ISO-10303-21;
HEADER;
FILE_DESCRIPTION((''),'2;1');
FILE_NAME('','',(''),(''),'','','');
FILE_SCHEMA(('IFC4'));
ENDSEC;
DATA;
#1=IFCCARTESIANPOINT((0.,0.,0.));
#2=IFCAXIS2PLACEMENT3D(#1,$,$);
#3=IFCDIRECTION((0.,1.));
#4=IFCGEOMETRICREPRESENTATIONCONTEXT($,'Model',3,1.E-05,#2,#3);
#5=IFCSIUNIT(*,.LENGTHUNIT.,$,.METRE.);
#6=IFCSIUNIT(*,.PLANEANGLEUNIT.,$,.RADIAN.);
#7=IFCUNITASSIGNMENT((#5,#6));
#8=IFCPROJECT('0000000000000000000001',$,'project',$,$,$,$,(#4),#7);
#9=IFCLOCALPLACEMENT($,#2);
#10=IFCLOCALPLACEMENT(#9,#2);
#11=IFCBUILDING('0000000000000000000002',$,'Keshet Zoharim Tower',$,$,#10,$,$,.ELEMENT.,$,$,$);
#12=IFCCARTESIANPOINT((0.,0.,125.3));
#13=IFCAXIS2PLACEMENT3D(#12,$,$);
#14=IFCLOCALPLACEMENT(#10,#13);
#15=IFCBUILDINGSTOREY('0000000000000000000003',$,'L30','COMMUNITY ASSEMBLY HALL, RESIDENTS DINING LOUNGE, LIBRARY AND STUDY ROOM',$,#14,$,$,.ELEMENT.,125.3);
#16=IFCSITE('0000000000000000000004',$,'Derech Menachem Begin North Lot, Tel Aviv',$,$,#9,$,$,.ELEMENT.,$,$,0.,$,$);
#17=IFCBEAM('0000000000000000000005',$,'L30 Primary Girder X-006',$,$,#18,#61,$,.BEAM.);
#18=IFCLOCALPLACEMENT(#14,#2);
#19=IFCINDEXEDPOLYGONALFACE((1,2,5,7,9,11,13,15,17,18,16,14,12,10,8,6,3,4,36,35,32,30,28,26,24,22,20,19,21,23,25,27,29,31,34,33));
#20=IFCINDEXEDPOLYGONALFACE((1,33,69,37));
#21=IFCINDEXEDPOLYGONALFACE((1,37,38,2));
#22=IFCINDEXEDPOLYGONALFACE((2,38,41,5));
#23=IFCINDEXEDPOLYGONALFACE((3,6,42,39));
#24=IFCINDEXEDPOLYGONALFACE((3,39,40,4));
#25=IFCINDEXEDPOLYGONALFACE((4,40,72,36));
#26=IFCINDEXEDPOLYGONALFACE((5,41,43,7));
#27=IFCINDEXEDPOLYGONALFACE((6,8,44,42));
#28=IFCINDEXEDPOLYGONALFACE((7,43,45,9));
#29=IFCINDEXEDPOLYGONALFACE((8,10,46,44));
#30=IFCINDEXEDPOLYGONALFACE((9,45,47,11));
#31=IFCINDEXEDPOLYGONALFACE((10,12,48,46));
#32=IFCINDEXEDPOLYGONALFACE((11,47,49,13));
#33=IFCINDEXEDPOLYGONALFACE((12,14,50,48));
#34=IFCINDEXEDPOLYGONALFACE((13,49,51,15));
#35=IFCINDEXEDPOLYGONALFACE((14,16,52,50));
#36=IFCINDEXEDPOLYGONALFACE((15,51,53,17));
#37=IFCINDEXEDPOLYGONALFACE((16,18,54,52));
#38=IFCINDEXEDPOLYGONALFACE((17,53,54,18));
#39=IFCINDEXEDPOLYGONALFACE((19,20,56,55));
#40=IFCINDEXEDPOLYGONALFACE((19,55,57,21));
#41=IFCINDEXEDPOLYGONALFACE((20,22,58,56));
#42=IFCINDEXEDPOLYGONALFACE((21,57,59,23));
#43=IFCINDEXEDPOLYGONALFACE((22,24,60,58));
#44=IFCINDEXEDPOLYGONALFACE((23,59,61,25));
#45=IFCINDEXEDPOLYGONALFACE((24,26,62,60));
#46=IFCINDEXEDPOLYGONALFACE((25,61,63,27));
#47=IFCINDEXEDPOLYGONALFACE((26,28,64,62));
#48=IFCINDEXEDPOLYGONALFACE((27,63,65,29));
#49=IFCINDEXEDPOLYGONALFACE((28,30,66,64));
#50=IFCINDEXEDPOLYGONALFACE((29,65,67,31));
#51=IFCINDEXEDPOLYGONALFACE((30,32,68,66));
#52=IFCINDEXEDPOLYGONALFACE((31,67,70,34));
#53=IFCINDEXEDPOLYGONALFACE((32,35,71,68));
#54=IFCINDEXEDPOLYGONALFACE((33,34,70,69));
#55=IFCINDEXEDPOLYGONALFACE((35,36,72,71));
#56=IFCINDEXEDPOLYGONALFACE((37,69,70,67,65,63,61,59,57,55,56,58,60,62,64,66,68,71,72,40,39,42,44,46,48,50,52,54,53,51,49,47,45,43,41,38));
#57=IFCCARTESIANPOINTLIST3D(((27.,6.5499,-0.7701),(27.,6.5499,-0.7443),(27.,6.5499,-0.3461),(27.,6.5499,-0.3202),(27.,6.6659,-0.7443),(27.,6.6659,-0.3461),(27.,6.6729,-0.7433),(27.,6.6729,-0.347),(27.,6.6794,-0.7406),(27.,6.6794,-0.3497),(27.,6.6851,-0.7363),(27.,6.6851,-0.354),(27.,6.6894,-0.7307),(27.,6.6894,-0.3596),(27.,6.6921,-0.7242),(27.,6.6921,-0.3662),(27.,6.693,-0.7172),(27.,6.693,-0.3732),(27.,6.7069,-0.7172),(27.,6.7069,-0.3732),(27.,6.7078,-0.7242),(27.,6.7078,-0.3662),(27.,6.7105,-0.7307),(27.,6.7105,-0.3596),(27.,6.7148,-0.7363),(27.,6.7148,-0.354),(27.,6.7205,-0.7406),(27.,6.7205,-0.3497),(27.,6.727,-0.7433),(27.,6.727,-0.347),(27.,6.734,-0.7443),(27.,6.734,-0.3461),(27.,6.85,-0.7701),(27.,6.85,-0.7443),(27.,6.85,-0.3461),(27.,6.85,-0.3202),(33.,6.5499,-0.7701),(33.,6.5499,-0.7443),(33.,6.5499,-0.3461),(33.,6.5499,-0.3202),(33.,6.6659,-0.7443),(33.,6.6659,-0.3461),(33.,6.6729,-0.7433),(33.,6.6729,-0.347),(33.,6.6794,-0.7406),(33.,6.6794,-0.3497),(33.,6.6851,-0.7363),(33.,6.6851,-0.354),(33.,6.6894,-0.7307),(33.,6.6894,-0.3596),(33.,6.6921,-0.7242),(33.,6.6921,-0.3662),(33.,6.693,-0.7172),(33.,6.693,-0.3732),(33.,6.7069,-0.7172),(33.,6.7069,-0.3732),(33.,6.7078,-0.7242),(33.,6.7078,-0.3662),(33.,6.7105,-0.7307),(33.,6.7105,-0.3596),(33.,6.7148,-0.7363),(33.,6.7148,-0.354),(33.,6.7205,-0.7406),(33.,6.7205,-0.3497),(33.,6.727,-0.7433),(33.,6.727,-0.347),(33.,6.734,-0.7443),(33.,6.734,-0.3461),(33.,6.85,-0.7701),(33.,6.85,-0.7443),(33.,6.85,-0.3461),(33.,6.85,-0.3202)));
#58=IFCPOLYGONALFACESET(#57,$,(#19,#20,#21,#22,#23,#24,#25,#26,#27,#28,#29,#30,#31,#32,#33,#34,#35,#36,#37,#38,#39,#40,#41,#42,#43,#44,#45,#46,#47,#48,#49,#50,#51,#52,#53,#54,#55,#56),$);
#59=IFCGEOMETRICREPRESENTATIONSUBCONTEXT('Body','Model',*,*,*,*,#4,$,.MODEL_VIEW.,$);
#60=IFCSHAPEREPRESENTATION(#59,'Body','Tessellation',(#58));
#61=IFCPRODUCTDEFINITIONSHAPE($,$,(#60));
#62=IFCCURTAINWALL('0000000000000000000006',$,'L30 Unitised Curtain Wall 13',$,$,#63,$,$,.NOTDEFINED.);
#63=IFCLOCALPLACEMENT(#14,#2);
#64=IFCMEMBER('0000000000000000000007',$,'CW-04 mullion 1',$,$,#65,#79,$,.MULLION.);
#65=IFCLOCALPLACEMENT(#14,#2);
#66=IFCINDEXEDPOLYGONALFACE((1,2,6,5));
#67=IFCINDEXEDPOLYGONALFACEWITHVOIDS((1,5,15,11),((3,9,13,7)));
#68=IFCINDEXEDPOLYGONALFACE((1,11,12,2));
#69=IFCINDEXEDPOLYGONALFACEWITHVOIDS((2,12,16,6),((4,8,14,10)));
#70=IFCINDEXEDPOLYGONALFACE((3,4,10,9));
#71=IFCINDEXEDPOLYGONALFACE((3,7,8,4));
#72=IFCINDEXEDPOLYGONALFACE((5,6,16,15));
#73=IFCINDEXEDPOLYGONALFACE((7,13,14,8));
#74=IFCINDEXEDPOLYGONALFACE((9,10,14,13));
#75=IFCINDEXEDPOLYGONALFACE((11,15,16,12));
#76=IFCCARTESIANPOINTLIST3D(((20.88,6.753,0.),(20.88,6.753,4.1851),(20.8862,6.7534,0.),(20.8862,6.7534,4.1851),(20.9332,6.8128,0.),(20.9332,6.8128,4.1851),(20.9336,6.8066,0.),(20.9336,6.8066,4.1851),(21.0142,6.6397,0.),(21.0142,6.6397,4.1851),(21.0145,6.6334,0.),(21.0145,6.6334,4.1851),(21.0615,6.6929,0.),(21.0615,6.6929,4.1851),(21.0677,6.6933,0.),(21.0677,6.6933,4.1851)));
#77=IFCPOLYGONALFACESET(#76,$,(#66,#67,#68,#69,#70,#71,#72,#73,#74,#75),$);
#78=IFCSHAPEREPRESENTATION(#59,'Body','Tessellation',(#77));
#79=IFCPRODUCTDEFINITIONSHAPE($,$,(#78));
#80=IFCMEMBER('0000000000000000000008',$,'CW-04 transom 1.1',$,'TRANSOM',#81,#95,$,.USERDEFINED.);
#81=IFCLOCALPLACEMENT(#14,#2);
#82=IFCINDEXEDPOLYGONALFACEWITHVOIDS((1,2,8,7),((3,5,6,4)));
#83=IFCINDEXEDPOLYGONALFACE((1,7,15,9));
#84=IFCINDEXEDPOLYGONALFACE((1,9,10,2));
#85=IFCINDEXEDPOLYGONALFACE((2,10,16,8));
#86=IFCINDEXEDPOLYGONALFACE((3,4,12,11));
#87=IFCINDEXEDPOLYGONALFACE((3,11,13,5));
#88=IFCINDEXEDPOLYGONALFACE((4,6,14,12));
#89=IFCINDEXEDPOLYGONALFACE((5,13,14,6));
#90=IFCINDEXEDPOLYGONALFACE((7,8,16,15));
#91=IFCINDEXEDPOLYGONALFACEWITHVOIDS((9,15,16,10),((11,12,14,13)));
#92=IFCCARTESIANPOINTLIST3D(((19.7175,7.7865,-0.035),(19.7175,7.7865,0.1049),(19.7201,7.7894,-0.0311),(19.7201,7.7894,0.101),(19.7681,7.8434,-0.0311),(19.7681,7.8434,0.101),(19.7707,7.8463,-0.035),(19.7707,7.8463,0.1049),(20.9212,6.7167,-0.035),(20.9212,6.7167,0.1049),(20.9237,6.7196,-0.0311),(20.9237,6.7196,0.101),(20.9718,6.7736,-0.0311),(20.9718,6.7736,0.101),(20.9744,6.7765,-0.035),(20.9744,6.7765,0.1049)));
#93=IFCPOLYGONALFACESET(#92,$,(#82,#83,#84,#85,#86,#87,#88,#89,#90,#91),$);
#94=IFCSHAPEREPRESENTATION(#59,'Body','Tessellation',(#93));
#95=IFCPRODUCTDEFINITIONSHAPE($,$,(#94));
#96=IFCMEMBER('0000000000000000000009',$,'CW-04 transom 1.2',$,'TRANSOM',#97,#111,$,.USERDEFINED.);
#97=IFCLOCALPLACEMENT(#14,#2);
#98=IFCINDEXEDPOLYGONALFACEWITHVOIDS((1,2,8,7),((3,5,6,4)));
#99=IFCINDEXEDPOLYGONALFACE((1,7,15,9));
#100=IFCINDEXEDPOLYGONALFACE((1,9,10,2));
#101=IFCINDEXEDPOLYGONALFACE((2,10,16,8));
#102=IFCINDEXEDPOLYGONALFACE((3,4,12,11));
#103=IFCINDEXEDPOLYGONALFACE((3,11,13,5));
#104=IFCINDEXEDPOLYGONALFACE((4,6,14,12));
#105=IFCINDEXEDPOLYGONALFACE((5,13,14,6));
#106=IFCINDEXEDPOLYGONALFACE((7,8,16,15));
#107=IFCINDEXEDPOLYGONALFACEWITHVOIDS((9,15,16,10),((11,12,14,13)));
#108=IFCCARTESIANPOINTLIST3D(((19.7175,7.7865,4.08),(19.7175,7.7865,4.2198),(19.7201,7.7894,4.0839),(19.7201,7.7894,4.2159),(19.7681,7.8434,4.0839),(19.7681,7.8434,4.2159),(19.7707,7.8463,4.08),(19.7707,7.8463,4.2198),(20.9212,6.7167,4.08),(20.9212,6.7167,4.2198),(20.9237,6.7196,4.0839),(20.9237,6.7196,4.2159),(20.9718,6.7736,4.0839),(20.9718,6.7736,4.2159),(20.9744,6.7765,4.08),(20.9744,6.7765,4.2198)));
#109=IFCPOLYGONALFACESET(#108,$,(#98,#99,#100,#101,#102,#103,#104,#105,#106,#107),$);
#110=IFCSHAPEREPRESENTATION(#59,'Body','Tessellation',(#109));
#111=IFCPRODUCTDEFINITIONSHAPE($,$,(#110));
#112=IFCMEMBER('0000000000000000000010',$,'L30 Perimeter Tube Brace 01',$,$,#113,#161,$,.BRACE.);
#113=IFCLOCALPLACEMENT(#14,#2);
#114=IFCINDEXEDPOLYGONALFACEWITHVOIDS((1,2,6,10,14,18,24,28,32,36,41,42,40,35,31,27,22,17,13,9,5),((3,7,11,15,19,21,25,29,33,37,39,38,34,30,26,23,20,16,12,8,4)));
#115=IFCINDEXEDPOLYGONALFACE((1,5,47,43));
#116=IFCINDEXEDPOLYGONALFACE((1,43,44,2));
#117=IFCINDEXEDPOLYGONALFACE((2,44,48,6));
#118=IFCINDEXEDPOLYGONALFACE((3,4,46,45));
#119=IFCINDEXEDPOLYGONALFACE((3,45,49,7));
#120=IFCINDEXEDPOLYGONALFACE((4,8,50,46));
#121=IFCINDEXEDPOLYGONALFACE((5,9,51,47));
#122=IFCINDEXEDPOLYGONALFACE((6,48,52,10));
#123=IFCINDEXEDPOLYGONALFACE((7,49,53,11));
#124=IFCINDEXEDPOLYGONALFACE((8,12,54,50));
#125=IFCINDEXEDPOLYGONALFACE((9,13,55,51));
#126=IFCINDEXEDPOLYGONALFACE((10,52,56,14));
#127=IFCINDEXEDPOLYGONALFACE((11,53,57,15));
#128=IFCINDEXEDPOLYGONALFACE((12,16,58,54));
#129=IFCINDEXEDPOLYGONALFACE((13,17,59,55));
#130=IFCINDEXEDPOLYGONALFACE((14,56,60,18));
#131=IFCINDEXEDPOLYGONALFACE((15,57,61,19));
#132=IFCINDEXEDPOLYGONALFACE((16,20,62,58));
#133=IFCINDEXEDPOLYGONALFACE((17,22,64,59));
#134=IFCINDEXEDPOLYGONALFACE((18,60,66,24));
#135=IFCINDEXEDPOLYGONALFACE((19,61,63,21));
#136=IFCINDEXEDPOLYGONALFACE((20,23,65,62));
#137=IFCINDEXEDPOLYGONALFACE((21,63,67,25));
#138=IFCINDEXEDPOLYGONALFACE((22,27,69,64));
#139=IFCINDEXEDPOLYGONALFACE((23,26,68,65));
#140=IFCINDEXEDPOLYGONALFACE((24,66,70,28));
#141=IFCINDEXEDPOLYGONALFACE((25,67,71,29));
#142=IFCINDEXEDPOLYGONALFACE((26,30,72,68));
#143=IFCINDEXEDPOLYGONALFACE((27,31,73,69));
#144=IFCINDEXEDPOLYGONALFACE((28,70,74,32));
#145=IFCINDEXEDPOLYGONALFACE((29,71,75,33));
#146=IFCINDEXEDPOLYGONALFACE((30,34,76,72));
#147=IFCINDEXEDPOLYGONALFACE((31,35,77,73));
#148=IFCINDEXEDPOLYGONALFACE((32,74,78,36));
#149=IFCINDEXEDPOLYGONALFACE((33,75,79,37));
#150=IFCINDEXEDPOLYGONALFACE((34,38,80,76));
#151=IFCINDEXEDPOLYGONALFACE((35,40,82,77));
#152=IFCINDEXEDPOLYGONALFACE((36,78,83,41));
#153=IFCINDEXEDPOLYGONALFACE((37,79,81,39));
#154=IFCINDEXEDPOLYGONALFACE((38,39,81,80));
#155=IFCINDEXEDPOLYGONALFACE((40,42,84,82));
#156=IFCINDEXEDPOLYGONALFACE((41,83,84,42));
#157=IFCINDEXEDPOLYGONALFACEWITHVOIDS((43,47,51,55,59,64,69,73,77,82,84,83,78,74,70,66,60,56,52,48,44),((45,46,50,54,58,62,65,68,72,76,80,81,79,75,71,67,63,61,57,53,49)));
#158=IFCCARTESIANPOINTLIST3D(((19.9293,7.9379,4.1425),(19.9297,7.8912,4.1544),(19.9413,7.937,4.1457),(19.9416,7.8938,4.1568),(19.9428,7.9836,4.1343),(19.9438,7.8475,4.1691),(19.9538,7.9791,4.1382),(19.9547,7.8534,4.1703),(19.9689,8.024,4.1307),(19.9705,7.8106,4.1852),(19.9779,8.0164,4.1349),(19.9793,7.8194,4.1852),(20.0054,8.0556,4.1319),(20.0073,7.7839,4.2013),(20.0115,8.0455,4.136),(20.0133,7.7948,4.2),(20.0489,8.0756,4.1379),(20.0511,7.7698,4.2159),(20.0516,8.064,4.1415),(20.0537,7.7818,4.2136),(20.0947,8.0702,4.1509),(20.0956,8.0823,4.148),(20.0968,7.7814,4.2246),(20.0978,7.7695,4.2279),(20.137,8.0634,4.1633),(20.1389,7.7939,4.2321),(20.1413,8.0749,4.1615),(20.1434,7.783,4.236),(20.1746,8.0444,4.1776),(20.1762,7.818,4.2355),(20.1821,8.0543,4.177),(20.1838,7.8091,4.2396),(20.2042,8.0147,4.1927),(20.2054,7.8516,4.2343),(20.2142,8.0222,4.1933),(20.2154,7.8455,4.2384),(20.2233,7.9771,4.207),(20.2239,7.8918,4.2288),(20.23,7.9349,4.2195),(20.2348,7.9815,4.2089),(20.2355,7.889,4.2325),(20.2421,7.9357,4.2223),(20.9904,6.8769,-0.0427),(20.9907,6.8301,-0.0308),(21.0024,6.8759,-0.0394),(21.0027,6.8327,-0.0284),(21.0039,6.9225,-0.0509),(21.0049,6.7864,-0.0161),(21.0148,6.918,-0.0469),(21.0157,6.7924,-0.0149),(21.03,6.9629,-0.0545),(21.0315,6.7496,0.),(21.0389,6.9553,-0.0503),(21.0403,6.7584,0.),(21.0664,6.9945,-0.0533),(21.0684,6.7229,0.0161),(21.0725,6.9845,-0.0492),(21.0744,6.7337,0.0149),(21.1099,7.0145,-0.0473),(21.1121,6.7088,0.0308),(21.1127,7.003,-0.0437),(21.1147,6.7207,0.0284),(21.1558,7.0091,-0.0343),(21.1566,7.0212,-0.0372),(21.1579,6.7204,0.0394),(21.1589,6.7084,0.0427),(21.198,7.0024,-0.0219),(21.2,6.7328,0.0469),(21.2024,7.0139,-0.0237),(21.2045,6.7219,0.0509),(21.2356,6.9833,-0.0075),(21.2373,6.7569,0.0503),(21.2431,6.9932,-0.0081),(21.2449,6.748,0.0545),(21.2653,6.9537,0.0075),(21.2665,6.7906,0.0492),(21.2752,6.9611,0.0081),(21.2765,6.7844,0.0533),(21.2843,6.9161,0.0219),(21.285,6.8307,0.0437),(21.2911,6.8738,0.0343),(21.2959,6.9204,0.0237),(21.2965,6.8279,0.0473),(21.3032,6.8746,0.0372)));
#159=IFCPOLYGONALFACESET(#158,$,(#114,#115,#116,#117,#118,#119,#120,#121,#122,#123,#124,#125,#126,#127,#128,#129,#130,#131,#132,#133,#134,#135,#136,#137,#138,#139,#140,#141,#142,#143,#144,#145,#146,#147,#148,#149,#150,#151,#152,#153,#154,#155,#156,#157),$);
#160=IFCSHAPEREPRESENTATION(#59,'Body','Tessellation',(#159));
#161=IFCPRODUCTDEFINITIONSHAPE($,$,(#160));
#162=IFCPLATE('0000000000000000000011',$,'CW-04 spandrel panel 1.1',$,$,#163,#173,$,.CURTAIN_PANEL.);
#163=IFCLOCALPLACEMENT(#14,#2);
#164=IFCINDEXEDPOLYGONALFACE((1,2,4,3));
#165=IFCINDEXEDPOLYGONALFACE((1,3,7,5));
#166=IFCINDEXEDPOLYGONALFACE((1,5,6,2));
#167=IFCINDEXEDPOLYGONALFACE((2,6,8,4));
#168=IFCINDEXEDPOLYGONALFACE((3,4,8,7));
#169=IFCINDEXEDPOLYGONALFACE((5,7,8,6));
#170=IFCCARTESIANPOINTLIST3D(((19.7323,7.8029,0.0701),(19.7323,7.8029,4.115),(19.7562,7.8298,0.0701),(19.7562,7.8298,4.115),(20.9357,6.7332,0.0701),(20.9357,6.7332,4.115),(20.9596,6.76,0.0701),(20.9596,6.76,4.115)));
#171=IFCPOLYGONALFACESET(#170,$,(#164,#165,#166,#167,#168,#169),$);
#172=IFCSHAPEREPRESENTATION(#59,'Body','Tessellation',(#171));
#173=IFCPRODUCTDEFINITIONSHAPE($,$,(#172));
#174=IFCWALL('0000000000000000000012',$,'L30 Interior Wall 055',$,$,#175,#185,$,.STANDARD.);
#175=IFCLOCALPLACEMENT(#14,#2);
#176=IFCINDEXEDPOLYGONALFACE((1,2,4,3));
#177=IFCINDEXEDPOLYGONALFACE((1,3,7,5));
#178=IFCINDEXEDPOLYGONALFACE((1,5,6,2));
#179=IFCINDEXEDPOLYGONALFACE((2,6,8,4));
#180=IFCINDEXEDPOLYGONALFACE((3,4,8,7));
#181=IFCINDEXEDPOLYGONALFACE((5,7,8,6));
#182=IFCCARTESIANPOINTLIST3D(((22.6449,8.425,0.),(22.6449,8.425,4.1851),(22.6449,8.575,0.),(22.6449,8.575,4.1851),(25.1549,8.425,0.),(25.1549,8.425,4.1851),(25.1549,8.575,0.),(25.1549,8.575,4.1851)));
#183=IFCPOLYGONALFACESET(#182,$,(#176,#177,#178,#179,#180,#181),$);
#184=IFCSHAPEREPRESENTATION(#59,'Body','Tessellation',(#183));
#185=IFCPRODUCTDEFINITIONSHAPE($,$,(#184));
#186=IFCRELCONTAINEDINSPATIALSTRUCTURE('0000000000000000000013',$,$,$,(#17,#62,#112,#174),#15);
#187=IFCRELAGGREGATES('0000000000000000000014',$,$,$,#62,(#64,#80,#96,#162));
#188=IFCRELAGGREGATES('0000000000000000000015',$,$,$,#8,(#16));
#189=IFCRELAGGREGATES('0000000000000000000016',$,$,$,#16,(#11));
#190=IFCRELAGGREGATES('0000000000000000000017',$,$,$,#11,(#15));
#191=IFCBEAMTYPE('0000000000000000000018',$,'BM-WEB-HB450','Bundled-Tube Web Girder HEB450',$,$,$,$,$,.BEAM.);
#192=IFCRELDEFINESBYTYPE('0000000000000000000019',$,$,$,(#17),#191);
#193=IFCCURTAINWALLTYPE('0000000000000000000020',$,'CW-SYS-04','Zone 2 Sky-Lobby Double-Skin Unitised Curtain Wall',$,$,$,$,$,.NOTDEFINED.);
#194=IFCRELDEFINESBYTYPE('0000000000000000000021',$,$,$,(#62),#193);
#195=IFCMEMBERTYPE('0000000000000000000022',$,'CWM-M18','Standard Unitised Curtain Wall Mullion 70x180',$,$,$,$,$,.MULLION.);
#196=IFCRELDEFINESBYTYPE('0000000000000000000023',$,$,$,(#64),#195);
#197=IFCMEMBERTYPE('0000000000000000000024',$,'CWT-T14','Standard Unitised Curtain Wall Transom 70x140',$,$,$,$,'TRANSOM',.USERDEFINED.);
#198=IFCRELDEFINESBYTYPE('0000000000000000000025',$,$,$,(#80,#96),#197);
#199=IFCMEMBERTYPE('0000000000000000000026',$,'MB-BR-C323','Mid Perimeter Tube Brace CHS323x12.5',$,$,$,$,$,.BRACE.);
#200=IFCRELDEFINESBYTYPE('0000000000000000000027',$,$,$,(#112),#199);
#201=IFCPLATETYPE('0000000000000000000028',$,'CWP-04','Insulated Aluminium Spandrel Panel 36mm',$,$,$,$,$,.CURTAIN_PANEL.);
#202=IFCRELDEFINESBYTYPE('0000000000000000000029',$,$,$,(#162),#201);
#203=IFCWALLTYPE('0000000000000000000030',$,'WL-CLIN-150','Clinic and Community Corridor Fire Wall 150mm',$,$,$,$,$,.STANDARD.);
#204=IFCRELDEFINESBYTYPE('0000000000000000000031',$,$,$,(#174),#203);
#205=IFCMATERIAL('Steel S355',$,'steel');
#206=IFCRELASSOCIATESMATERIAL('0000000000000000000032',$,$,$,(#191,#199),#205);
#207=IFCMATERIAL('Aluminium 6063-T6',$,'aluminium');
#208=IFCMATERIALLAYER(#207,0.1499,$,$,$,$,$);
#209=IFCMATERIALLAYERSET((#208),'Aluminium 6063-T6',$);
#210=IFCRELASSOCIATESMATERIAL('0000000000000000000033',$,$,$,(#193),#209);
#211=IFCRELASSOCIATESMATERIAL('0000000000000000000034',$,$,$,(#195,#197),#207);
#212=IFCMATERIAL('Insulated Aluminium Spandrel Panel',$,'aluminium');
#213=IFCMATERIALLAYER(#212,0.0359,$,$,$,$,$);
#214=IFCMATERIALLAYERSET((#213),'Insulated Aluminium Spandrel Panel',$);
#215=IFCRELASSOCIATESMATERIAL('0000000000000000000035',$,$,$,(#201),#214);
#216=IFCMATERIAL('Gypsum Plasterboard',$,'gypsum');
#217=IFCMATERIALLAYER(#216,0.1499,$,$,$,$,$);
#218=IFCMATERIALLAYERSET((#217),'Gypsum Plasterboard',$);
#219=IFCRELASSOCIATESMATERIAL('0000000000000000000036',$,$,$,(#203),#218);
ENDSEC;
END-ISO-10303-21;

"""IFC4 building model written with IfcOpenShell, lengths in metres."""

from ifc_helpers import new_model, si_unit, direction, frame, frame_2d, origin, origin_2d, place, context, subcontext, project, spatial, rectangle, hollow_rectangle, hollow_circle, i_section, extrude, material, layer, layer_set, material_profile, profile_set, type_object, element, aggregate, save


model = new_model("IFC4")

# Units and contexts
model_context = context("Model", 3, precision=1e-05, world=origin(), true_north=direction((0.0, 1.0)))
body_context = subcontext(model_context, "Body", "Model", "MODEL_VIEW")
ifc_project = project(units=[si_unit("LENGTHUNIT", "METRE"), si_unit("PLANEANGLEUNIT", "RADIAN")], contexts=[model_context])

# Site, building, storey
site_placement = place(None, origin())
site = spatial("IfcSite", under=ifc_project, at=site_placement, Name="Derech Menachem Begin North Lot, Tel Aviv", CompositionType="ELEMENT", RefElevation=0.0)
building_placement = place(site_placement, origin())
building = spatial("IfcBuilding", under=site, at=building_placement, Name="Keshet Zoharim Tower", CompositionType="ELEMENT")
storey_placement = place(building_placement, frame((0.0, 0.0, 125.3)))
storey = spatial("IfcBuildingStorey", under=building, at=storey_placement, Name="L30", Description="COMMUNITY ASSEMBLY HALL, RESIDENTS DINING LOUNGE, LIBRARY AND STUDY ROOM", CompositionType="ELEMENT", Elevation=125.3)

# Beam
ifc_material_1 = material(Name="Steel S355", Category="steel")
ifc_material_profile_1 = material_profile(ifc_material_1, i_section(OverallWidth=0.3, OverallDepth=0.45, WebThickness=0.0139, FlangeThickness=0.0259, FilletRadius=0.0271, at=origin_2d()), Name="HEB450")
ifc_profile_set_1 = profile_set([ifc_material_profile_1], Name="Steel S355")
beam_type = type_object("IfcBeamType", Name="BM-WEB-HB450", Description="Bundled-Tube Web Girder HEB450", PredefinedType="BEAM", material=ifc_profile_set_1)
beam_placement = place(storey_placement, frame((27.0, 6.7, -0.5452), z_axis=(1.0, 0.0, 0.0), x_axis=(0.0, 1.0, 0.0)))
element("IfcBeam", 1, at=beam_placement, inside=storey, type_object=beam_type, Name="L30 Primary Girder X-006", PredefinedType="BEAM", context=body_context, shape_type="SweptSolid", body=[
    extrude(i_section(OverallWidth=0.3, OverallDepth=0.45, WebThickness=0.0139, FlangeThickness=0.0259, FilletRadius=0.0271, at=origin_2d()), origin(), (0.0, 0.0, 1.0), 6.0),
])

# Curtain wall, members
ifc_material_2 = material(Name="Aluminium 6063-T6", Category="aluminium")
ifc_layer_1 = layer(ifc_material_2, 0.1499)
ifc_layer_set_1 = layer_set([ifc_layer_1], Name="Aluminium 6063-T6")
curtain_wall_type = type_object("IfcCurtainWallType", Name="CW-SYS-04", Description="Zone 2 Sky-Lobby Double-Skin Unitised Curtain Wall", PredefinedType="NOTDEFINED", material=ifc_layer_set_1)
curtain_wall_placement = place(storey_placement, origin())
curtain_wall = element("IfcCurtainWall", 2, at=curtain_wall_placement, inside=storey, type_object=curtain_wall_type, Name="L30 Unitised Curtain Wall 13", PredefinedType="NOTDEFINED")
ifc_material_profile_2 = material_profile(ifc_material_2, hollow_rectangle(XDim=0.0801, YDim=0.1799, WallThickness=0.0044, at=origin_2d()), Name="MUL-80x180")
ifc_profile_set_2 = profile_set([ifc_material_profile_2], Name="Aluminium 6063-T6")
member_type_1 = type_object("IfcMemberType", Name="CWM-M18", Description="Standard Unitised Curtain Wall Mullion 70x180", PredefinedType="MULLION", material=ifc_profile_set_2)
member_1_placement = place(storey_placement, frame((20.9739, 6.7231, 0.0), z_axis=(0.0, 0.0, 1.0), x_axis=(-0.664378, -0.747397, 0.0)))
member_1 = element("IfcMember", 3, at=member_1_placement, type_object=member_type_1, Name="CW-04 mullion 1", PredefinedType="MULLION", context=body_context, shape_type="SweptSolid", body=[
    extrude(hollow_rectangle(XDim=0.0801, YDim=0.1799, WallThickness=0.0044, at=origin_2d()), origin(), (0.0, 0.0, 1.0), 4.1851),
])
ifc_material_profile_3 = material_profile(ifc_material_2, hollow_rectangle(XDim=0.0801, YDim=0.1399, WallThickness=0.0039, at=origin_2d()), Name="TRN-80x140")
ifc_profile_set_3 = profile_set([ifc_material_profile_3], Name="Aluminium 6063-T6")
member_type_2 = type_object("IfcMemberType", Name="CWT-T14", Description="Standard Unitised Curtain Wall Transom 70x140", ElementType="TRANSOM", PredefinedType="USERDEFINED", material=ifc_profile_set_3)
member_2_placement = place(storey_placement, frame((20.9478, 6.7466, 0.0349), z_axis=(-0.747426, 0.664345, 0.0), x_axis=(-0.664345, -0.747426, 0.0)))
member_2 = element("IfcMember", 4, at=member_2_placement, type_object=member_type_2, Name="CW-04 transom 1.1", ObjectType="TRANSOM", PredefinedType="USERDEFINED", context=body_context, shape_type="SweptSolid", body=[
    extrude(hollow_rectangle(XDim=0.0801, YDim=0.1399, WallThickness=0.0039, at=origin_2d()), origin(), (0.0, 0.0, 1.0), 1.6104),
])
member_3_placement = place(storey_placement, frame((20.9478, 6.7466, 4.1499), z_axis=(-0.747426, 0.664345, 0.0), x_axis=(-0.664345, -0.747426, 0.0)))
member_3 = element("IfcMember", 5, at=member_3_placement, type_object=member_type_2, Name="CW-04 transom 1.2", ObjectType="TRANSOM", PredefinedType="USERDEFINED", context=body_context, shape_type="SweptSolid", body=[
    extrude(hollow_rectangle(XDim=0.0801, YDim=0.1399, WallThickness=0.0039, at=origin_2d()), origin(), (0.0, 0.0, 1.0), 1.6104),
])

# Member
ifc_material_profile_4 = material_profile(ifc_material_1, hollow_circle(Radius=0.1619, WallThickness=0.0125, at=origin_2d()), Name="CHS323x12.5")
ifc_profile_set_4 = profile_set([ifc_material_profile_4], Name="Steel S355")
member_type_3 = type_object("IfcMemberType", Name="MB-BR-C323", Description="Mid Perimeter Tube Brace CHS323x12.5", PredefinedType="BRACE", material=ifc_profile_set_4)
member_4_placement = place(storey_placement, frame((21.146, 6.864, 0.0), z_axis=(-0.238653, 0.238653, 0.941323), x_axis=(-0.707107, -0.707107, 0.0)))
element("IfcMember", 6, at=member_4_placement, inside=storey, type_object=member_type_3, Name="L30 Perimeter Tube Brace 01", PredefinedType="BRACE", context=body_context, shape_type="SweptSolid", body=[
    extrude(hollow_circle(Radius=0.1619, WallThickness=0.0125, at=origin_2d()), origin(), (0.0, 0.0, 1.0), 4.446),
])

# Plate
ifc_material_3 = material(Name="Insulated Aluminium Spandrel Panel", Category="aluminium")
ifc_layer_2 = layer(ifc_material_3, 0.0359)
ifc_layer_set_2 = layer_set([ifc_layer_2], Name="Insulated Aluminium Spandrel Panel")
plate_type = type_object("IfcPlateType", Name="CWP-04", Description="Insulated Aluminium Spandrel Panel 36mm", PredefinedType="CURTAIN_PANEL", material=ifc_layer_set_2)
plate_placement = place(storey_placement, frame((20.3459, 7.2815, 0.0701), z_axis=(0.0, 0.0, 1.0), x_axis=(-0.747397, 0.664378, 0.0)))
plate = element("IfcPlate", 7, at=plate_placement, type_object=plate_type, Name="CW-04 spandrel panel 1.1", PredefinedType="CURTAIN_PANEL", context=body_context, shape_type="SweptSolid", body=[
    extrude(rectangle(XDim=1.6101, YDim=0.0359, at=origin_2d()), origin(), (0.0, 0.0, 1.0), 4.0449),
])
aggregate(curtain_wall, [member_1, member_2, member_3, plate])

# Wall
ifc_material_4 = material(Name="Gypsum Plasterboard", Category="gypsum")
ifc_layer_3 = layer(ifc_material_4, 0.1499)
ifc_layer_set_3 = layer_set([ifc_layer_3], Name="Gypsum Plasterboard")
wall_type_1 = type_object("IfcWallType", Name="WL-CLIN-150", Description="Clinic and Community Corridor Fire Wall 150mm", PredefinedType="STANDARD", material=ifc_layer_set_3)
wall_1_placement = place(storey_placement, frame((22.645, 8.5, 0.0), z_axis=(0.0, 0.0, 1.0), x_axis=(1.0, 0.0, 0.0)))
element("IfcWall", 8, at=wall_1_placement, inside=storey, type_object=wall_type_1, Name="L30 Interior Wall 055", PredefinedType="STANDARD", context=body_context, shape_type="SweptSolid", body=[
    extrude(rectangle(XDim=2.51, YDim=0.1499, at=frame_2d((1.2549, 0.0))), origin(), (0.0, 0.0, 1.0), 4.1851),
])

save(model, "model.ifc")
